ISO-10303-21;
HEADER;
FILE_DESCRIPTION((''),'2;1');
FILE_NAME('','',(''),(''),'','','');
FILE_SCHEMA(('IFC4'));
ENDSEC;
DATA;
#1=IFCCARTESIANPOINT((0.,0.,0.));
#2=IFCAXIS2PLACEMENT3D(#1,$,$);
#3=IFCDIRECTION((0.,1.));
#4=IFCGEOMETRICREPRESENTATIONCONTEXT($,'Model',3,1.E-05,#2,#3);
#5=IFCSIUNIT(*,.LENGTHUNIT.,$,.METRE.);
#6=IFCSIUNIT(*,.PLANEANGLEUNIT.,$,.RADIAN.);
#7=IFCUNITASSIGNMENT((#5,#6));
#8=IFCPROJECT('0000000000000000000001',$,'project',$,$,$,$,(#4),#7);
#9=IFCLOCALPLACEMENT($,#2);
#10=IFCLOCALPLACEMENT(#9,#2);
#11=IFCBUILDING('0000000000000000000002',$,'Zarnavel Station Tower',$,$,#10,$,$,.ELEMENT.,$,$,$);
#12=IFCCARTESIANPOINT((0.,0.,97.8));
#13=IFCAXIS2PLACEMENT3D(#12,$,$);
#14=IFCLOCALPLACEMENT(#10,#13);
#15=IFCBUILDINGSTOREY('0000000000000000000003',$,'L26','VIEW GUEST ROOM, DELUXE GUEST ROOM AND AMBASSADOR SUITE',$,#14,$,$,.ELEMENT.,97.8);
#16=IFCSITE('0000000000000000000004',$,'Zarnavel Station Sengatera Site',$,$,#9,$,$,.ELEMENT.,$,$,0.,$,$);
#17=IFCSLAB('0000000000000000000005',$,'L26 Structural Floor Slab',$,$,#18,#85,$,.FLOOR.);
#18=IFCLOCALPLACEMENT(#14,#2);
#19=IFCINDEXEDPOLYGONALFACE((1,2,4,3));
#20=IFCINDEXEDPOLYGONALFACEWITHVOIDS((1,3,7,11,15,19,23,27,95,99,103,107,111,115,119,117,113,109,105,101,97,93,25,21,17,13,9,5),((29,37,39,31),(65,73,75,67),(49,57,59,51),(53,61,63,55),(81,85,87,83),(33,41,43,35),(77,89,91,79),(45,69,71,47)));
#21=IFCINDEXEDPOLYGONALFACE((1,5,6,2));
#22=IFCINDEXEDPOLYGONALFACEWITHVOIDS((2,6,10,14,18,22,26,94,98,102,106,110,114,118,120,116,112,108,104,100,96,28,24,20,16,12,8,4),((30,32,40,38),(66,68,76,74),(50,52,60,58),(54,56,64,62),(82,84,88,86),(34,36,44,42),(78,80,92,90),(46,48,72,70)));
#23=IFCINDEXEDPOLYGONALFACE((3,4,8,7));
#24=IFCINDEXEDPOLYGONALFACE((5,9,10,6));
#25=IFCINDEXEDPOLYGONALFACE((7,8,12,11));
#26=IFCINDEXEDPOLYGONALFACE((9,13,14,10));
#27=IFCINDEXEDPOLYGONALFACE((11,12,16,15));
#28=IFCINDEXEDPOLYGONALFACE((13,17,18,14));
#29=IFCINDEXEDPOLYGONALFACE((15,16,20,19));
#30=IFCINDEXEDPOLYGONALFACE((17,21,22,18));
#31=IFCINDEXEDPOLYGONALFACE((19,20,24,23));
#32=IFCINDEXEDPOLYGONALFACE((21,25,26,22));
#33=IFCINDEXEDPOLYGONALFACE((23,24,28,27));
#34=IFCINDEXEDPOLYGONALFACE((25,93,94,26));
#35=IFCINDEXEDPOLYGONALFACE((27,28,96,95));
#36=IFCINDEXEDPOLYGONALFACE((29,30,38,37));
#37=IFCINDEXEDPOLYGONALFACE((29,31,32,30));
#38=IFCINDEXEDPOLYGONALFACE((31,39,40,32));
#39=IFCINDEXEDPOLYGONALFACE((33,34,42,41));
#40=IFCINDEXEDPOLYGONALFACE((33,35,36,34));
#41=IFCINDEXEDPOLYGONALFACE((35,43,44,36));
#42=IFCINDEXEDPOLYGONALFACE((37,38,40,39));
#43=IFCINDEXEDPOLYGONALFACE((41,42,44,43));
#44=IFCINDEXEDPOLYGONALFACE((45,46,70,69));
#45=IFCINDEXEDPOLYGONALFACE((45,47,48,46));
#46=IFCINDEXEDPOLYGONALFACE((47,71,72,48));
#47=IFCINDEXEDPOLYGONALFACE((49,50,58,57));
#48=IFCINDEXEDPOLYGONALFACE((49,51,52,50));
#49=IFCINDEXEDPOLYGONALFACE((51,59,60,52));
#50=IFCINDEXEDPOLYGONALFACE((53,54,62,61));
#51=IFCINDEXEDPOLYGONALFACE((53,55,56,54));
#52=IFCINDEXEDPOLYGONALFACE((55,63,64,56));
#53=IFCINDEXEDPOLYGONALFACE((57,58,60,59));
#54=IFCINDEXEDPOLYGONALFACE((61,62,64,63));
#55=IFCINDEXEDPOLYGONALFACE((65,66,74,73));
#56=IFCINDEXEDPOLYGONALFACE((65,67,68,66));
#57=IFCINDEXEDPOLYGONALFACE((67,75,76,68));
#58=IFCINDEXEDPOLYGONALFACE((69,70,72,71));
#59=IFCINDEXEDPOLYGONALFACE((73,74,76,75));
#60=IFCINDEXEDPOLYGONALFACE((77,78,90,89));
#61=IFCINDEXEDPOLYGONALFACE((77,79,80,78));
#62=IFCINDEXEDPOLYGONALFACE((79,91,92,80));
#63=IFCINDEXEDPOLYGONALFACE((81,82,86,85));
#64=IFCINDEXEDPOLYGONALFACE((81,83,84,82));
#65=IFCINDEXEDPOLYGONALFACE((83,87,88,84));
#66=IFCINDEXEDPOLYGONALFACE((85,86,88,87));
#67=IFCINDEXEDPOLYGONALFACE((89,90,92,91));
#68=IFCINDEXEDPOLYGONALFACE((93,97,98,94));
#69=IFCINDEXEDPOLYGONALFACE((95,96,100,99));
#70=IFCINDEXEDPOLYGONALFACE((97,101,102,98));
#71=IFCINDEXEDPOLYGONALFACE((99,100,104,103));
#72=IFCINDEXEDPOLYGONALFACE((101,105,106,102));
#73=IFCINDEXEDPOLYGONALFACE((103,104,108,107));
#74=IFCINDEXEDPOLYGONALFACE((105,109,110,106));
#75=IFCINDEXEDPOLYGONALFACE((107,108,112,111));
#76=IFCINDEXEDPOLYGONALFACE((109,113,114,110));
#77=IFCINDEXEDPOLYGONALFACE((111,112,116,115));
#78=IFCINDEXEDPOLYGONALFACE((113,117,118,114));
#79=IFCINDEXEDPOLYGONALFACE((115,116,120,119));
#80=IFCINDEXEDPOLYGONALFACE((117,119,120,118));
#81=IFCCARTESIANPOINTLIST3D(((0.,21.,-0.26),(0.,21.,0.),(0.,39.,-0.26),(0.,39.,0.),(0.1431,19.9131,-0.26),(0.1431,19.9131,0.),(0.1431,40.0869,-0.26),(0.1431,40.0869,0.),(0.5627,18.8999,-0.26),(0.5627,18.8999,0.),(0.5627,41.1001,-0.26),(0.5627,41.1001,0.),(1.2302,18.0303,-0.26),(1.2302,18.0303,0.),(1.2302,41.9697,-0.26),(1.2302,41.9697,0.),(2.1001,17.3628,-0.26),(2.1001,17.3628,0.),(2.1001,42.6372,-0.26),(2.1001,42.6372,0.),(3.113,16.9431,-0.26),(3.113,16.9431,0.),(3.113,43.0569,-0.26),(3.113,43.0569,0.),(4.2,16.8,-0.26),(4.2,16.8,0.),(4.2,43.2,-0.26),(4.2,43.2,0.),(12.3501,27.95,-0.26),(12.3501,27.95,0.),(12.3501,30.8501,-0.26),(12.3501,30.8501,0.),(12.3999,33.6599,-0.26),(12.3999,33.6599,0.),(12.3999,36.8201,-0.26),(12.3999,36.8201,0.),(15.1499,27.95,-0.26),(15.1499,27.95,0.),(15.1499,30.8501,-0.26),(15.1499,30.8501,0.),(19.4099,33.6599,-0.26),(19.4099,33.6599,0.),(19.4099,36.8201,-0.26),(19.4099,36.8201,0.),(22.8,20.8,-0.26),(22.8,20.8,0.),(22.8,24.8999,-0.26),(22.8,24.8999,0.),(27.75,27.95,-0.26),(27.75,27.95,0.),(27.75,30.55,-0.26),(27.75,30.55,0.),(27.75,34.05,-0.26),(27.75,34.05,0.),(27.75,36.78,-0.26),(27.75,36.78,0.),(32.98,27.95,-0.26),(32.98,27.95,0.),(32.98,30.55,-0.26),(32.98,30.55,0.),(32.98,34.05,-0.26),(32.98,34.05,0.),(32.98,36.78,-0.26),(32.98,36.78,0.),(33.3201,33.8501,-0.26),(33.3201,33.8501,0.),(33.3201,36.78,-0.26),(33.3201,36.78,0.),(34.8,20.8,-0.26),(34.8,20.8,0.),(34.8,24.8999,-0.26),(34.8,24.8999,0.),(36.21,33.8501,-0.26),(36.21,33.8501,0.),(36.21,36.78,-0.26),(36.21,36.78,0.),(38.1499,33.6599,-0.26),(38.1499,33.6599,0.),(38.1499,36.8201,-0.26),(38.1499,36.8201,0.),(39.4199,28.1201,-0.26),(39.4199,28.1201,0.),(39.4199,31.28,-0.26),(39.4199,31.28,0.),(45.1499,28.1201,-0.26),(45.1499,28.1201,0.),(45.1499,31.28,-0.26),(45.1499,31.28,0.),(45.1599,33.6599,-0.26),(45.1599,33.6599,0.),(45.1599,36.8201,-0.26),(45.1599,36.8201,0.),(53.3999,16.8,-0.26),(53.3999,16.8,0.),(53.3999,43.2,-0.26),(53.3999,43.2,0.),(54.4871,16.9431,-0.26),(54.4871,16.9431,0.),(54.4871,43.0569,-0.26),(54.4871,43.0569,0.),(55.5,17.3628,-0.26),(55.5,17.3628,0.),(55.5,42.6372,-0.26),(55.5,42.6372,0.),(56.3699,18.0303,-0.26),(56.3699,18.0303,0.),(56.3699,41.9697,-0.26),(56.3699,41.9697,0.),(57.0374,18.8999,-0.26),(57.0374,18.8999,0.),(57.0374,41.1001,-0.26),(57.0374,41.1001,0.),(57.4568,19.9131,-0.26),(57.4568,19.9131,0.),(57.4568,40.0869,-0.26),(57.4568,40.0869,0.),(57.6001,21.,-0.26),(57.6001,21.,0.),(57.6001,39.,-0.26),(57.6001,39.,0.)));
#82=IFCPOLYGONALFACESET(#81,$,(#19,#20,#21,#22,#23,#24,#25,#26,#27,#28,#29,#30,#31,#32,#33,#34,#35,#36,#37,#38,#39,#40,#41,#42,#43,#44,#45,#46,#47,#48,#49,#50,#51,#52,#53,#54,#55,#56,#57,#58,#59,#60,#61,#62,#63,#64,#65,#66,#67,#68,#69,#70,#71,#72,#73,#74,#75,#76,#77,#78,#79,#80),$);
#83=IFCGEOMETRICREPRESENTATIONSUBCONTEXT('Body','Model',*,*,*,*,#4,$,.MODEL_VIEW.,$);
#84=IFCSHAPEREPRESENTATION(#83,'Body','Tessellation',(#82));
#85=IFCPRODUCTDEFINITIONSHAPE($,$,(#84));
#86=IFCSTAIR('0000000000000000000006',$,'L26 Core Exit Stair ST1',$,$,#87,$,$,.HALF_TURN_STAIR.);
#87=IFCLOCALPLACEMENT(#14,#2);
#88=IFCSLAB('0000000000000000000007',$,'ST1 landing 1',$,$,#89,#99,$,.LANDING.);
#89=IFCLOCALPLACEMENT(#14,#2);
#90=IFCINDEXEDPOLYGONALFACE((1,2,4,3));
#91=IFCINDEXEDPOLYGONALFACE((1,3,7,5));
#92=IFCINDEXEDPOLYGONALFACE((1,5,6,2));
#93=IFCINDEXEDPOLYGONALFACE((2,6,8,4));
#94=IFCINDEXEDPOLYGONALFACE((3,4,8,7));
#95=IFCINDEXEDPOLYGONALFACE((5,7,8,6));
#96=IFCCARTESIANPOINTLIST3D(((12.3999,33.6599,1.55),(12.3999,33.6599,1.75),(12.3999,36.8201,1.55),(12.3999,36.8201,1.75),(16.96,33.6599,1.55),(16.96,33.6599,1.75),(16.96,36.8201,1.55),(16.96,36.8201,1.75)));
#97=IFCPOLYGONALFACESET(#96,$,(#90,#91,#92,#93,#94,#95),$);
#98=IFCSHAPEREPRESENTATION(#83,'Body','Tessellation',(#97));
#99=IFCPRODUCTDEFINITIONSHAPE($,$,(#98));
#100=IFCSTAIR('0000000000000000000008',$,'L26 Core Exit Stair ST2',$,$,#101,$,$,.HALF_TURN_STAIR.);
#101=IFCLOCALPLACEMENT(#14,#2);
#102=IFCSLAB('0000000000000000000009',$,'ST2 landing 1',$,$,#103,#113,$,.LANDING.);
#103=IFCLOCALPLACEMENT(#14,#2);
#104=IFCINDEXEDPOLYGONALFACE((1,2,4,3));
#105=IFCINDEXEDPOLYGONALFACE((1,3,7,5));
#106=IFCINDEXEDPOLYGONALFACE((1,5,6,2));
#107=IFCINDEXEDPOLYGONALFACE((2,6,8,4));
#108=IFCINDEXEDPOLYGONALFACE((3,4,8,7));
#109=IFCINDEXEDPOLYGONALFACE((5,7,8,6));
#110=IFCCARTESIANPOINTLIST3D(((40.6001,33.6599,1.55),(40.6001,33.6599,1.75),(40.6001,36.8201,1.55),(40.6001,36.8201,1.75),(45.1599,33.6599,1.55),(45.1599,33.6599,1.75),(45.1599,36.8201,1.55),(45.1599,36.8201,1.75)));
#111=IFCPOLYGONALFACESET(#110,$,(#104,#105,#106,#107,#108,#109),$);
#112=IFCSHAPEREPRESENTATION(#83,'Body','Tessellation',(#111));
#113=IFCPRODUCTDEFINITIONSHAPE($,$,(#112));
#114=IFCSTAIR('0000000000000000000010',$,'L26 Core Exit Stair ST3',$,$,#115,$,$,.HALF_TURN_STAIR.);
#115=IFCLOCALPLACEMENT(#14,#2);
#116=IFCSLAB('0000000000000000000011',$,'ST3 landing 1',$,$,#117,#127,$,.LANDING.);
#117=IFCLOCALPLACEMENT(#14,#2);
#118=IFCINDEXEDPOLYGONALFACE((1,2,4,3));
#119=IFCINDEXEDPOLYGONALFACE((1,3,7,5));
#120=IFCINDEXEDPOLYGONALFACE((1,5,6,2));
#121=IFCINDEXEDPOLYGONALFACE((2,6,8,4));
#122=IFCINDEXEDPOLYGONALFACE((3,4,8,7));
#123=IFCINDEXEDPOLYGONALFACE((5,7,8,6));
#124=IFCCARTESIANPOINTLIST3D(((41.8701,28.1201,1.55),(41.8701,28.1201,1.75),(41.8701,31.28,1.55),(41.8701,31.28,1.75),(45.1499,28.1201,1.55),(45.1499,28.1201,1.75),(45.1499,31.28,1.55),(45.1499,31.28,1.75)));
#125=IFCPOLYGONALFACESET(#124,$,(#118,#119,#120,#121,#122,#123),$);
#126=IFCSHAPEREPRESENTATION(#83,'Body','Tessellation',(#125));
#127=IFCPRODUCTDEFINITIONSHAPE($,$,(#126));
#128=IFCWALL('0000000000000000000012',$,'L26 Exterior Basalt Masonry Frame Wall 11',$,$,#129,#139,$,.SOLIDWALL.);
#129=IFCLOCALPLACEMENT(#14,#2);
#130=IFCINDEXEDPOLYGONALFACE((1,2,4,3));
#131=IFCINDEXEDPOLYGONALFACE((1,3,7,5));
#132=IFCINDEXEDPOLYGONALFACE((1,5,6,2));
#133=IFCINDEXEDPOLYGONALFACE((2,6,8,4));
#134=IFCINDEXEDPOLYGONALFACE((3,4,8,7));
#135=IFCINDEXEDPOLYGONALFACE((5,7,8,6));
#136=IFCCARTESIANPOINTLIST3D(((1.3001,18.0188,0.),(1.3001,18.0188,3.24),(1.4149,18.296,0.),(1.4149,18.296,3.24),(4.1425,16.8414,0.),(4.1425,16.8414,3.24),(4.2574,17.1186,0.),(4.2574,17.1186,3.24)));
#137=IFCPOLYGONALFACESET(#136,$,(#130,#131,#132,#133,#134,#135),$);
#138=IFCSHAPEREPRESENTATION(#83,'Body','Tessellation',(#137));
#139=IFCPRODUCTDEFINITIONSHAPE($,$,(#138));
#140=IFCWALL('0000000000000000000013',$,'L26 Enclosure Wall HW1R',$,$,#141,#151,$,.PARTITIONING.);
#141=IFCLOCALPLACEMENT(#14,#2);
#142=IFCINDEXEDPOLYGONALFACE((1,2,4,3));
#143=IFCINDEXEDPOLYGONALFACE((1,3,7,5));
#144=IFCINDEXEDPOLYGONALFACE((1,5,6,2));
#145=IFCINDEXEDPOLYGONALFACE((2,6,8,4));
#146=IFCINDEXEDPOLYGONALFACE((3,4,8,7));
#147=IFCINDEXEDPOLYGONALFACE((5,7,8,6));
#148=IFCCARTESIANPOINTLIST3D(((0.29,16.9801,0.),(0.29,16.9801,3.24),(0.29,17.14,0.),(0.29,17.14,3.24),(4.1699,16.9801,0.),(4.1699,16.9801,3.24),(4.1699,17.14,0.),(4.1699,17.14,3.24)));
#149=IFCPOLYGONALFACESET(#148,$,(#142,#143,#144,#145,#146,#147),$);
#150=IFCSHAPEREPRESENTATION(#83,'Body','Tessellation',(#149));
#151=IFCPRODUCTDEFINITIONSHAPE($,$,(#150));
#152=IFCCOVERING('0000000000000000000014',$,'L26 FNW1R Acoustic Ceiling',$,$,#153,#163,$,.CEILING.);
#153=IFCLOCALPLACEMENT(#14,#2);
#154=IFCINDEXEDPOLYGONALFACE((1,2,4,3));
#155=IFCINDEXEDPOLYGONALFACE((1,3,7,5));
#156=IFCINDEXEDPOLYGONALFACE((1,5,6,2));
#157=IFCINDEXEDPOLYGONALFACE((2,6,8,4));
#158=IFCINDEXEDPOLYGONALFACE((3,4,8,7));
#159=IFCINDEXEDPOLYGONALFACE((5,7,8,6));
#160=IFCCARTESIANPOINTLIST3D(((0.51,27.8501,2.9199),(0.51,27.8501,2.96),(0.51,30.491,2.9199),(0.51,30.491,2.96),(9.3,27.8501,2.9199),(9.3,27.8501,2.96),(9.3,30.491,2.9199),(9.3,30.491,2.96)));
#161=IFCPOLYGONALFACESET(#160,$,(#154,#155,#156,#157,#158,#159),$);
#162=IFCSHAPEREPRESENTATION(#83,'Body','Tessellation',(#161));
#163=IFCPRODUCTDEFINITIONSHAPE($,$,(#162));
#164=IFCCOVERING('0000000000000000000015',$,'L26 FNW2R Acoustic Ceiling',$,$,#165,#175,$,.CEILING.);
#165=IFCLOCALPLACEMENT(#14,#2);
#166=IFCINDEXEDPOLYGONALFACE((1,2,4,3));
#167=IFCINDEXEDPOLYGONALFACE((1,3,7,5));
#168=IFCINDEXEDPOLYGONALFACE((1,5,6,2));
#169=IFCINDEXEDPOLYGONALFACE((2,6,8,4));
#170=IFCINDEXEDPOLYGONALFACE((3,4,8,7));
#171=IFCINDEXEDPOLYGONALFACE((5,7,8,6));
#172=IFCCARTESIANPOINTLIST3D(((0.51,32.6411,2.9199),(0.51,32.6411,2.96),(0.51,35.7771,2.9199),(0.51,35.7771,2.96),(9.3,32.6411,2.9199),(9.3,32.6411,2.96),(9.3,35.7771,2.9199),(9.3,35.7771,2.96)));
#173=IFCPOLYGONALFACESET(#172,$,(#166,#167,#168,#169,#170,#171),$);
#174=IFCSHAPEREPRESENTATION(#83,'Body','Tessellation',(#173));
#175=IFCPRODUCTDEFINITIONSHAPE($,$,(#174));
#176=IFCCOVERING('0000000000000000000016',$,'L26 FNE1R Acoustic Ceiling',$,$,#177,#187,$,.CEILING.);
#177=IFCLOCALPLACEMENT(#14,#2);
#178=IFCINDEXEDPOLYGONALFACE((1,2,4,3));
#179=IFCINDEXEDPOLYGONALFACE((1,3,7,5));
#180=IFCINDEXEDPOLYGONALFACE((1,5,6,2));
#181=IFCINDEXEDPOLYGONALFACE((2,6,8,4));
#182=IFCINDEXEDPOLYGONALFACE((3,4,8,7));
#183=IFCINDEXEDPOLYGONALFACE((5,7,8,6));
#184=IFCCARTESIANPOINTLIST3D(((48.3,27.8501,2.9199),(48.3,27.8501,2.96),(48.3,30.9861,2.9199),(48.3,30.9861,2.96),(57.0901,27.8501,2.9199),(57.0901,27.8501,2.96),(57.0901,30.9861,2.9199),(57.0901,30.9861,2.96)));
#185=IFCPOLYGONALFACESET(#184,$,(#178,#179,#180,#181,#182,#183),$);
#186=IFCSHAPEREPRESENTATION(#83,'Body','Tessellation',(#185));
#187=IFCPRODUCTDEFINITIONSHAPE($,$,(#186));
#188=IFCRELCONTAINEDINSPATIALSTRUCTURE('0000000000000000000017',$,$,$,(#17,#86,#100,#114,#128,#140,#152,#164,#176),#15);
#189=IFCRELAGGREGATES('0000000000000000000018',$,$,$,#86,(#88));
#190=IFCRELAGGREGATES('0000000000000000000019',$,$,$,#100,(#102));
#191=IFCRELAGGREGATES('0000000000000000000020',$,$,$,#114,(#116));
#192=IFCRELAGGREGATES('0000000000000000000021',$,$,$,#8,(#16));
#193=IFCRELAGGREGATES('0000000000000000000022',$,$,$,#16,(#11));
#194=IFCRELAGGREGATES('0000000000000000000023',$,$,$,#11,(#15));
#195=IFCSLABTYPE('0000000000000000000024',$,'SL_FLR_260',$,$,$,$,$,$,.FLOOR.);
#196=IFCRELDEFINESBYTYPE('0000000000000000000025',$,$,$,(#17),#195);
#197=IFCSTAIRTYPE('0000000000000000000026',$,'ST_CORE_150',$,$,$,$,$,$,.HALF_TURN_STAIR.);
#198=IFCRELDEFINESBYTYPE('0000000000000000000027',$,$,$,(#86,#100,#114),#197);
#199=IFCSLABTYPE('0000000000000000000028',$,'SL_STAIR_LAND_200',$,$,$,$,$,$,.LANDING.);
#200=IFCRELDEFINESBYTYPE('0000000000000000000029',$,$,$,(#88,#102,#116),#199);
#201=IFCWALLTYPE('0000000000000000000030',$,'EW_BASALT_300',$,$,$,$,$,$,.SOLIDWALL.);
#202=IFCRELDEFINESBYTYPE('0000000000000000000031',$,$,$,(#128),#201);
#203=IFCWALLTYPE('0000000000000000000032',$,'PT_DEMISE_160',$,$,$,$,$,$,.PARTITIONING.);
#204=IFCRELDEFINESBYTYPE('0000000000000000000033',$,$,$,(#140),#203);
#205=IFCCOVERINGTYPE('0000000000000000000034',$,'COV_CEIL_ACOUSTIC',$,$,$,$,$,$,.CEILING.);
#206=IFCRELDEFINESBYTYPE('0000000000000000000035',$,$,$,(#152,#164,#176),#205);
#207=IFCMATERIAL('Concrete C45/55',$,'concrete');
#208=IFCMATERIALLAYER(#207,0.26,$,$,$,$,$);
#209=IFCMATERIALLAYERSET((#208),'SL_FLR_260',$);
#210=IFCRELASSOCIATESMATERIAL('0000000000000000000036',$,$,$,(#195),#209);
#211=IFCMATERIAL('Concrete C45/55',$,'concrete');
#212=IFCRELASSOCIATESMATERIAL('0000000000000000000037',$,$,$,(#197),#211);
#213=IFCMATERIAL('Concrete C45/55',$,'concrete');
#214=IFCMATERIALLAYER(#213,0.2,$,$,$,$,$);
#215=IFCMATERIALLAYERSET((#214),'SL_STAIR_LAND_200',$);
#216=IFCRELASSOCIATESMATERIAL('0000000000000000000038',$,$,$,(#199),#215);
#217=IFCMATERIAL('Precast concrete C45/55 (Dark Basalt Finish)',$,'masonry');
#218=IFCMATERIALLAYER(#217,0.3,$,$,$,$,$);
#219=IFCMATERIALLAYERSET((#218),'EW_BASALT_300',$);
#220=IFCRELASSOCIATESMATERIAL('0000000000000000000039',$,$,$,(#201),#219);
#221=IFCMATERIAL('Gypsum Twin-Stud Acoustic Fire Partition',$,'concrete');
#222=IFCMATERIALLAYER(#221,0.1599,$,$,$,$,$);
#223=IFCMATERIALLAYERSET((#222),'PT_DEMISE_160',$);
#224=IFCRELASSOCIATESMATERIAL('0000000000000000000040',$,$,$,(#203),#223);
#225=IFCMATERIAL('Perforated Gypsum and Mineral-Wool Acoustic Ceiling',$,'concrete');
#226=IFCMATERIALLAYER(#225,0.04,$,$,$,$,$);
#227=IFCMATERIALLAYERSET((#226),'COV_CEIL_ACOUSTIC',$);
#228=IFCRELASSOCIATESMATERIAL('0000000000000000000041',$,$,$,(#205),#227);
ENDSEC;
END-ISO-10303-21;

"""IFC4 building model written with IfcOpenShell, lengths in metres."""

from ifc_helpers import new_model, si_unit, direction, frame, frame_2d, origin, place, context, subcontext, project, spatial, polyline, rectangle, outline, extrude, material, layer, layer_set, type_object, element, aggregate, save


model = new_model("IFC4")

# Units and contexts
model_context = context("Model", 3, precision=1e-05, world=origin(), true_north=direction((0.0, 1.0)))
body_context = subcontext(model_context, "Body", "Model", "MODEL_VIEW")
ifc_project = project(units=[si_unit("LENGTHUNIT", "METRE"), si_unit("PLANEANGLEUNIT", "RADIAN")], contexts=[model_context])

# Site, building, storey
site_placement = place(None, origin())
site = spatial("IfcSite", under=ifc_project, at=site_placement, Name="Zarnavel Station Sengatera Site", CompositionType="ELEMENT", RefElevation=0.0)
building_placement = place(site_placement, origin())
building = spatial("IfcBuilding", under=site, at=building_placement, Name="Zarnavel Station Tower", CompositionType="ELEMENT")
storey_placement = place(building_placement, frame((0.0, 0.0, 97.8)))
storey = spatial("IfcBuildingStorey", under=building, at=storey_placement, Name="L26", Description="VIEW GUEST ROOM, DELUXE GUEST ROOM AND AMBASSADOR SUITE", CompositionType="ELEMENT", Elevation=97.8)

# Slab
ifc_material_1 = material(Name="Concrete C45/55", Category="concrete")
ifc_layer_1 = layer(ifc_material_1, 0.26)
ifc_layer_set_1 = layer_set([ifc_layer_1], Name="SL_FLR_260")
slab_type_1 = type_object("IfcSlabType", Name="SL_FLR_260", PredefinedType="FLOOR", material=ifc_layer_set_1)
slab_1_placement = place(storey_placement, frame((0.0, 0.0, -0.26)))
element("IfcSlab", 1, at=slab_1_placement, inside=storey, type_object=slab_type_1, Name="L26 Structural Floor Slab", PredefinedType="FLOOR", context=body_context, shape_type="SweptSolid", body=[
    extrude(outline(polyline([(53.3999, 16.8), (54.4871, 16.9431), (55.5, 17.3628), (56.3699, 18.0303), (57.0374, 18.8999), (57.4568, 19.9131), (57.6001, 21.0), (57.6001, 39.0), (57.4568, 40.0869), (57.0374, 41.1001), (56.3699, 41.9697), (55.5, 42.6372), (54.4871, 43.0569), (53.3999, 43.2), (4.2, 43.2), (3.113, 43.0569), (2.1001, 42.6372), (1.2302, 41.9697), (0.5627, 41.1001), (0.1431, 40.0869), (0.0, 39.0), (0.0, 21.0), (0.1431, 19.9131), (0.5627, 18.8999), (1.2302, 18.0303), (2.1001, 17.3628), (3.113, 16.9431), (4.2, 16.8), (53.3999, 16.8)]), holes=[polyline([(12.3999, 33.6599), (19.4099, 33.6599), (19.4099, 36.8201), (12.3999, 36.8201), (12.3999, 33.6599)]), polyline([(38.1499, 33.6599), (45.1599, 33.6599), (45.1599, 36.8201), (38.1499, 36.8201), (38.1499, 33.6599)]), polyline([(39.4199, 28.1201), (45.1499, 28.1201), (45.1499, 31.28), (39.4199, 31.28), (39.4199, 28.1201)]), polyline([(12.3501, 27.95), (15.1499, 27.95), (15.1499, 30.8501), (12.3501, 30.8501), (12.3501, 27.95)]), polyline([(33.3201, 33.8501), (36.21, 33.8501), (36.21, 36.78), (33.3201, 36.78), (33.3201, 33.8501)]), polyline([(27.75, 34.05), (32.98, 34.05), (32.98, 36.78), (27.75, 36.78), (27.75, 34.05)]), polyline([(27.75, 27.95), (32.98, 27.95), (32.98, 30.55), (27.75, 30.55), (27.75, 27.95)]), polyline([(22.8, 20.8), (34.8, 20.8), (34.8, 24.8999), (22.8, 24.8999), (22.8, 20.8)])]), origin(), (0.0, 0.0, 1.0), 0.26),
])

# Stairs, slabs
ifc_material_2 = material(Name="Concrete C45/55", Category="concrete")
stair_type = type_object("IfcStairType", Name="ST_CORE_150", PredefinedType="HALF_TURN_STAIR", material=ifc_material_2)
stair_1_placement = place(storey_placement, origin())
stair_1 = element("IfcStair", 2, at=stair_1_placement, inside=storey, type_object=stair_type, Name="L26 Core Exit Stair ST1", PredefinedType="HALF_TURN_STAIR")
ifc_material_3 = material(Name="Concrete C45/55", Category="concrete")
ifc_layer_2 = layer(ifc_material_3, 0.2)
ifc_layer_set_2 = layer_set([ifc_layer_2], Name="SL_STAIR_LAND_200")
slab_type_2 = type_object("IfcSlabType", Name="SL_STAIR_LAND_200", PredefinedType="LANDING", material=ifc_layer_set_2)
slab_2_placement = place(storey_placement, frame((0.0, 0.0, 1.55)))
slab_2 = element("IfcSlab", 3, at=slab_2_placement, type_object=slab_type_2, Name="ST1 landing 1", PredefinedType="LANDING", context=body_context, shape_type="SweptSolid", body=[
    extrude(outline(polyline([(16.96, 36.8201), (12.3999, 36.8201), (12.3999, 33.6599), (16.96, 33.6599), (16.96, 36.8201)])), origin(), (0.0, 0.0, 1.0), 0.2),
])
aggregate(stair_1, [slab_2])
stair_2_placement = place(storey_placement, origin())
stair_2 = element("IfcStair", 4, at=stair_2_placement, inside=storey, type_object=stair_type, Name="L26 Core Exit Stair ST2", PredefinedType="HALF_TURN_STAIR")
slab_3_placement = place(storey_placement, frame((0.0, 0.0, 1.55)))
slab_3 = element("IfcSlab", 5, at=slab_3_placement, type_object=slab_type_2, Name="ST2 landing 1", PredefinedType="LANDING", context=body_context, shape_type="SweptSolid", body=[
    extrude(outline(polyline([(40.6001, 33.6599), (45.1599, 33.6599), (45.1599, 36.8201), (40.6001, 36.8201), (40.6001, 33.6599)])), origin(), (0.0, 0.0, 1.0), 0.2),
])
aggregate(stair_2, [slab_3])
stair_3_placement = place(storey_placement, origin())
stair_3 = element("IfcStair", 6, at=stair_3_placement, inside=storey, type_object=stair_type, Name="L26 Core Exit Stair ST3", PredefinedType="HALF_TURN_STAIR")
slab_4_placement = place(storey_placement, frame((0.0, 0.0, 1.55)))
slab_4 = element("IfcSlab", 7, at=slab_4_placement, type_object=slab_type_2, Name="ST3 landing 1", PredefinedType="LANDING", context=body_context, shape_type="SweptSolid", body=[
    extrude(outline(polyline([(41.8701, 28.1201), (45.1499, 28.1201), (45.1499, 31.28), (41.8701, 31.28), (41.8701, 28.1201)])), origin(), (0.0, 0.0, 1.0), 0.2),
])
aggregate(stair_3, [slab_4])

# Walls
ifc_material_4 = material(Name="Precast concrete C45/55 (Dark Basalt Finish)", Category="masonry")
ifc_layer_3 = layer(ifc_material_4, 0.3)
ifc_layer_set_3 = layer_set([ifc_layer_3], Name="EW_BASALT_300")
wall_type_1 = type_object("IfcWallType", Name="EW_BASALT_300", PredefinedType="SOLIDWALL", material=ifc_layer_set_3)
wall_1_placement = place(storey_placement, frame((4.2, 16.98, 0.0), z_axis=(0.0, 0.0, 1.0), x_axis=(-0.923871, 0.382705, 0.0)))
element("IfcWall", 8, at=wall_1_placement, inside=storey, type_object=wall_type_1, Name="L26 Exterior Basalt Masonry Frame Wall 11", PredefinedType="SOLIDWALL", context=body_context, shape_type="SweptSolid", body=[
    extrude(rectangle(XDim=3.0767, YDim=0.3, at=frame_2d((1.5383, 0.0))), origin(), (0.0, 0.0, 1.0), 3.24),
])
ifc_material_5 = material(Name="Gypsum Twin-Stud Acoustic Fire Partition", Category="concrete")
ifc_layer_4 = layer(ifc_material_5, 0.1599)
ifc_layer_set_4 = layer_set([ifc_layer_4], Name="PT_DEMISE_160")
wall_type_2 = type_object("IfcWallType", Name="PT_DEMISE_160", PredefinedType="PARTITIONING", material=ifc_layer_set_4)
wall_2_placement = place(storey_placement, frame((0.29, 17.0601, 0.0), z_axis=(0.0, 0.0, 1.0), x_axis=(1.0, 0.0, 0.0)))
element("IfcWall", 9, at=wall_2_placement, inside=storey, type_object=wall_type_2, Name="L26 Enclosure Wall HW1R", PredefinedType="PARTITIONING", context=body_context, shape_type="SweptSolid", body=[
    extrude(rectangle(XDim=3.8799, YDim=0.1599, at=frame_2d((1.9399, 0.0))), origin(), (0.0, 0.0, 1.0), 3.24),
])

# Coverings
ifc_material_6 = material(Name="Perforated Gypsum and Mineral-Wool Acoustic Ceiling", Category="concrete")
ifc_layer_5 = layer(ifc_material_6, 0.04)
ifc_layer_set_5 = layer_set([ifc_layer_5], Name="COV_CEIL_ACOUSTIC")
covering_type_1 = type_object("IfcCoveringType", Name="COV_CEIL_ACOUSTIC", PredefinedType="CEILING", material=ifc_layer_set_5)
covering_1_placement = place(storey_placement, frame((0.0, 0.0, 2.9199)))
element("IfcCovering", 10, at=covering_1_placement, inside=storey, type_object=covering_type_1, Name="L26 FNW1R Acoustic Ceiling", PredefinedType="CEILING", context=body_context, shape_type="SweptSolid", body=[
    extrude(outline(polyline([(0.51, 27.8501), (9.3, 27.8501), (9.3, 30.491), (0.51, 30.491), (0.51, 27.8501)])), origin(), (0.0, 0.0, 1.0), 0.04),
])
covering_2_placement = place(storey_placement, frame((0.0, 0.0, 2.9199)))
element("IfcCovering", 11, at=covering_2_placement, inside=storey, type_object=covering_type_1, Name="L26 FNW2R Acoustic Ceiling", PredefinedType="CEILING", context=body_context, shape_type="SweptSolid", body=[
    extrude(outline(polyline([(0.51, 32.6411), (9.3, 32.6411), (9.3, 35.7771), (0.51, 35.7771), (0.51, 32.6411)])), origin(), (0.0, 0.0, 1.0), 0.04),
])
covering_3_placement = place(storey_placement, frame((0.0, 0.0, 2.9199)))
element("IfcCovering", 12, at=covering_3_placement, inside=storey, type_object=covering_type_1, Name="L26 FNE1R Acoustic Ceiling", PredefinedType="CEILING", context=body_context, shape_type="SweptSolid", body=[
    extrude(outline(polyline([(48.3, 27.8501), (57.0901, 27.8501), (57.0901, 30.9861), (48.3, 30.9861), (48.3, 27.8501)])), origin(), (0.0, 0.0, 1.0), 0.04),
])

save(model, "model.ifc")
